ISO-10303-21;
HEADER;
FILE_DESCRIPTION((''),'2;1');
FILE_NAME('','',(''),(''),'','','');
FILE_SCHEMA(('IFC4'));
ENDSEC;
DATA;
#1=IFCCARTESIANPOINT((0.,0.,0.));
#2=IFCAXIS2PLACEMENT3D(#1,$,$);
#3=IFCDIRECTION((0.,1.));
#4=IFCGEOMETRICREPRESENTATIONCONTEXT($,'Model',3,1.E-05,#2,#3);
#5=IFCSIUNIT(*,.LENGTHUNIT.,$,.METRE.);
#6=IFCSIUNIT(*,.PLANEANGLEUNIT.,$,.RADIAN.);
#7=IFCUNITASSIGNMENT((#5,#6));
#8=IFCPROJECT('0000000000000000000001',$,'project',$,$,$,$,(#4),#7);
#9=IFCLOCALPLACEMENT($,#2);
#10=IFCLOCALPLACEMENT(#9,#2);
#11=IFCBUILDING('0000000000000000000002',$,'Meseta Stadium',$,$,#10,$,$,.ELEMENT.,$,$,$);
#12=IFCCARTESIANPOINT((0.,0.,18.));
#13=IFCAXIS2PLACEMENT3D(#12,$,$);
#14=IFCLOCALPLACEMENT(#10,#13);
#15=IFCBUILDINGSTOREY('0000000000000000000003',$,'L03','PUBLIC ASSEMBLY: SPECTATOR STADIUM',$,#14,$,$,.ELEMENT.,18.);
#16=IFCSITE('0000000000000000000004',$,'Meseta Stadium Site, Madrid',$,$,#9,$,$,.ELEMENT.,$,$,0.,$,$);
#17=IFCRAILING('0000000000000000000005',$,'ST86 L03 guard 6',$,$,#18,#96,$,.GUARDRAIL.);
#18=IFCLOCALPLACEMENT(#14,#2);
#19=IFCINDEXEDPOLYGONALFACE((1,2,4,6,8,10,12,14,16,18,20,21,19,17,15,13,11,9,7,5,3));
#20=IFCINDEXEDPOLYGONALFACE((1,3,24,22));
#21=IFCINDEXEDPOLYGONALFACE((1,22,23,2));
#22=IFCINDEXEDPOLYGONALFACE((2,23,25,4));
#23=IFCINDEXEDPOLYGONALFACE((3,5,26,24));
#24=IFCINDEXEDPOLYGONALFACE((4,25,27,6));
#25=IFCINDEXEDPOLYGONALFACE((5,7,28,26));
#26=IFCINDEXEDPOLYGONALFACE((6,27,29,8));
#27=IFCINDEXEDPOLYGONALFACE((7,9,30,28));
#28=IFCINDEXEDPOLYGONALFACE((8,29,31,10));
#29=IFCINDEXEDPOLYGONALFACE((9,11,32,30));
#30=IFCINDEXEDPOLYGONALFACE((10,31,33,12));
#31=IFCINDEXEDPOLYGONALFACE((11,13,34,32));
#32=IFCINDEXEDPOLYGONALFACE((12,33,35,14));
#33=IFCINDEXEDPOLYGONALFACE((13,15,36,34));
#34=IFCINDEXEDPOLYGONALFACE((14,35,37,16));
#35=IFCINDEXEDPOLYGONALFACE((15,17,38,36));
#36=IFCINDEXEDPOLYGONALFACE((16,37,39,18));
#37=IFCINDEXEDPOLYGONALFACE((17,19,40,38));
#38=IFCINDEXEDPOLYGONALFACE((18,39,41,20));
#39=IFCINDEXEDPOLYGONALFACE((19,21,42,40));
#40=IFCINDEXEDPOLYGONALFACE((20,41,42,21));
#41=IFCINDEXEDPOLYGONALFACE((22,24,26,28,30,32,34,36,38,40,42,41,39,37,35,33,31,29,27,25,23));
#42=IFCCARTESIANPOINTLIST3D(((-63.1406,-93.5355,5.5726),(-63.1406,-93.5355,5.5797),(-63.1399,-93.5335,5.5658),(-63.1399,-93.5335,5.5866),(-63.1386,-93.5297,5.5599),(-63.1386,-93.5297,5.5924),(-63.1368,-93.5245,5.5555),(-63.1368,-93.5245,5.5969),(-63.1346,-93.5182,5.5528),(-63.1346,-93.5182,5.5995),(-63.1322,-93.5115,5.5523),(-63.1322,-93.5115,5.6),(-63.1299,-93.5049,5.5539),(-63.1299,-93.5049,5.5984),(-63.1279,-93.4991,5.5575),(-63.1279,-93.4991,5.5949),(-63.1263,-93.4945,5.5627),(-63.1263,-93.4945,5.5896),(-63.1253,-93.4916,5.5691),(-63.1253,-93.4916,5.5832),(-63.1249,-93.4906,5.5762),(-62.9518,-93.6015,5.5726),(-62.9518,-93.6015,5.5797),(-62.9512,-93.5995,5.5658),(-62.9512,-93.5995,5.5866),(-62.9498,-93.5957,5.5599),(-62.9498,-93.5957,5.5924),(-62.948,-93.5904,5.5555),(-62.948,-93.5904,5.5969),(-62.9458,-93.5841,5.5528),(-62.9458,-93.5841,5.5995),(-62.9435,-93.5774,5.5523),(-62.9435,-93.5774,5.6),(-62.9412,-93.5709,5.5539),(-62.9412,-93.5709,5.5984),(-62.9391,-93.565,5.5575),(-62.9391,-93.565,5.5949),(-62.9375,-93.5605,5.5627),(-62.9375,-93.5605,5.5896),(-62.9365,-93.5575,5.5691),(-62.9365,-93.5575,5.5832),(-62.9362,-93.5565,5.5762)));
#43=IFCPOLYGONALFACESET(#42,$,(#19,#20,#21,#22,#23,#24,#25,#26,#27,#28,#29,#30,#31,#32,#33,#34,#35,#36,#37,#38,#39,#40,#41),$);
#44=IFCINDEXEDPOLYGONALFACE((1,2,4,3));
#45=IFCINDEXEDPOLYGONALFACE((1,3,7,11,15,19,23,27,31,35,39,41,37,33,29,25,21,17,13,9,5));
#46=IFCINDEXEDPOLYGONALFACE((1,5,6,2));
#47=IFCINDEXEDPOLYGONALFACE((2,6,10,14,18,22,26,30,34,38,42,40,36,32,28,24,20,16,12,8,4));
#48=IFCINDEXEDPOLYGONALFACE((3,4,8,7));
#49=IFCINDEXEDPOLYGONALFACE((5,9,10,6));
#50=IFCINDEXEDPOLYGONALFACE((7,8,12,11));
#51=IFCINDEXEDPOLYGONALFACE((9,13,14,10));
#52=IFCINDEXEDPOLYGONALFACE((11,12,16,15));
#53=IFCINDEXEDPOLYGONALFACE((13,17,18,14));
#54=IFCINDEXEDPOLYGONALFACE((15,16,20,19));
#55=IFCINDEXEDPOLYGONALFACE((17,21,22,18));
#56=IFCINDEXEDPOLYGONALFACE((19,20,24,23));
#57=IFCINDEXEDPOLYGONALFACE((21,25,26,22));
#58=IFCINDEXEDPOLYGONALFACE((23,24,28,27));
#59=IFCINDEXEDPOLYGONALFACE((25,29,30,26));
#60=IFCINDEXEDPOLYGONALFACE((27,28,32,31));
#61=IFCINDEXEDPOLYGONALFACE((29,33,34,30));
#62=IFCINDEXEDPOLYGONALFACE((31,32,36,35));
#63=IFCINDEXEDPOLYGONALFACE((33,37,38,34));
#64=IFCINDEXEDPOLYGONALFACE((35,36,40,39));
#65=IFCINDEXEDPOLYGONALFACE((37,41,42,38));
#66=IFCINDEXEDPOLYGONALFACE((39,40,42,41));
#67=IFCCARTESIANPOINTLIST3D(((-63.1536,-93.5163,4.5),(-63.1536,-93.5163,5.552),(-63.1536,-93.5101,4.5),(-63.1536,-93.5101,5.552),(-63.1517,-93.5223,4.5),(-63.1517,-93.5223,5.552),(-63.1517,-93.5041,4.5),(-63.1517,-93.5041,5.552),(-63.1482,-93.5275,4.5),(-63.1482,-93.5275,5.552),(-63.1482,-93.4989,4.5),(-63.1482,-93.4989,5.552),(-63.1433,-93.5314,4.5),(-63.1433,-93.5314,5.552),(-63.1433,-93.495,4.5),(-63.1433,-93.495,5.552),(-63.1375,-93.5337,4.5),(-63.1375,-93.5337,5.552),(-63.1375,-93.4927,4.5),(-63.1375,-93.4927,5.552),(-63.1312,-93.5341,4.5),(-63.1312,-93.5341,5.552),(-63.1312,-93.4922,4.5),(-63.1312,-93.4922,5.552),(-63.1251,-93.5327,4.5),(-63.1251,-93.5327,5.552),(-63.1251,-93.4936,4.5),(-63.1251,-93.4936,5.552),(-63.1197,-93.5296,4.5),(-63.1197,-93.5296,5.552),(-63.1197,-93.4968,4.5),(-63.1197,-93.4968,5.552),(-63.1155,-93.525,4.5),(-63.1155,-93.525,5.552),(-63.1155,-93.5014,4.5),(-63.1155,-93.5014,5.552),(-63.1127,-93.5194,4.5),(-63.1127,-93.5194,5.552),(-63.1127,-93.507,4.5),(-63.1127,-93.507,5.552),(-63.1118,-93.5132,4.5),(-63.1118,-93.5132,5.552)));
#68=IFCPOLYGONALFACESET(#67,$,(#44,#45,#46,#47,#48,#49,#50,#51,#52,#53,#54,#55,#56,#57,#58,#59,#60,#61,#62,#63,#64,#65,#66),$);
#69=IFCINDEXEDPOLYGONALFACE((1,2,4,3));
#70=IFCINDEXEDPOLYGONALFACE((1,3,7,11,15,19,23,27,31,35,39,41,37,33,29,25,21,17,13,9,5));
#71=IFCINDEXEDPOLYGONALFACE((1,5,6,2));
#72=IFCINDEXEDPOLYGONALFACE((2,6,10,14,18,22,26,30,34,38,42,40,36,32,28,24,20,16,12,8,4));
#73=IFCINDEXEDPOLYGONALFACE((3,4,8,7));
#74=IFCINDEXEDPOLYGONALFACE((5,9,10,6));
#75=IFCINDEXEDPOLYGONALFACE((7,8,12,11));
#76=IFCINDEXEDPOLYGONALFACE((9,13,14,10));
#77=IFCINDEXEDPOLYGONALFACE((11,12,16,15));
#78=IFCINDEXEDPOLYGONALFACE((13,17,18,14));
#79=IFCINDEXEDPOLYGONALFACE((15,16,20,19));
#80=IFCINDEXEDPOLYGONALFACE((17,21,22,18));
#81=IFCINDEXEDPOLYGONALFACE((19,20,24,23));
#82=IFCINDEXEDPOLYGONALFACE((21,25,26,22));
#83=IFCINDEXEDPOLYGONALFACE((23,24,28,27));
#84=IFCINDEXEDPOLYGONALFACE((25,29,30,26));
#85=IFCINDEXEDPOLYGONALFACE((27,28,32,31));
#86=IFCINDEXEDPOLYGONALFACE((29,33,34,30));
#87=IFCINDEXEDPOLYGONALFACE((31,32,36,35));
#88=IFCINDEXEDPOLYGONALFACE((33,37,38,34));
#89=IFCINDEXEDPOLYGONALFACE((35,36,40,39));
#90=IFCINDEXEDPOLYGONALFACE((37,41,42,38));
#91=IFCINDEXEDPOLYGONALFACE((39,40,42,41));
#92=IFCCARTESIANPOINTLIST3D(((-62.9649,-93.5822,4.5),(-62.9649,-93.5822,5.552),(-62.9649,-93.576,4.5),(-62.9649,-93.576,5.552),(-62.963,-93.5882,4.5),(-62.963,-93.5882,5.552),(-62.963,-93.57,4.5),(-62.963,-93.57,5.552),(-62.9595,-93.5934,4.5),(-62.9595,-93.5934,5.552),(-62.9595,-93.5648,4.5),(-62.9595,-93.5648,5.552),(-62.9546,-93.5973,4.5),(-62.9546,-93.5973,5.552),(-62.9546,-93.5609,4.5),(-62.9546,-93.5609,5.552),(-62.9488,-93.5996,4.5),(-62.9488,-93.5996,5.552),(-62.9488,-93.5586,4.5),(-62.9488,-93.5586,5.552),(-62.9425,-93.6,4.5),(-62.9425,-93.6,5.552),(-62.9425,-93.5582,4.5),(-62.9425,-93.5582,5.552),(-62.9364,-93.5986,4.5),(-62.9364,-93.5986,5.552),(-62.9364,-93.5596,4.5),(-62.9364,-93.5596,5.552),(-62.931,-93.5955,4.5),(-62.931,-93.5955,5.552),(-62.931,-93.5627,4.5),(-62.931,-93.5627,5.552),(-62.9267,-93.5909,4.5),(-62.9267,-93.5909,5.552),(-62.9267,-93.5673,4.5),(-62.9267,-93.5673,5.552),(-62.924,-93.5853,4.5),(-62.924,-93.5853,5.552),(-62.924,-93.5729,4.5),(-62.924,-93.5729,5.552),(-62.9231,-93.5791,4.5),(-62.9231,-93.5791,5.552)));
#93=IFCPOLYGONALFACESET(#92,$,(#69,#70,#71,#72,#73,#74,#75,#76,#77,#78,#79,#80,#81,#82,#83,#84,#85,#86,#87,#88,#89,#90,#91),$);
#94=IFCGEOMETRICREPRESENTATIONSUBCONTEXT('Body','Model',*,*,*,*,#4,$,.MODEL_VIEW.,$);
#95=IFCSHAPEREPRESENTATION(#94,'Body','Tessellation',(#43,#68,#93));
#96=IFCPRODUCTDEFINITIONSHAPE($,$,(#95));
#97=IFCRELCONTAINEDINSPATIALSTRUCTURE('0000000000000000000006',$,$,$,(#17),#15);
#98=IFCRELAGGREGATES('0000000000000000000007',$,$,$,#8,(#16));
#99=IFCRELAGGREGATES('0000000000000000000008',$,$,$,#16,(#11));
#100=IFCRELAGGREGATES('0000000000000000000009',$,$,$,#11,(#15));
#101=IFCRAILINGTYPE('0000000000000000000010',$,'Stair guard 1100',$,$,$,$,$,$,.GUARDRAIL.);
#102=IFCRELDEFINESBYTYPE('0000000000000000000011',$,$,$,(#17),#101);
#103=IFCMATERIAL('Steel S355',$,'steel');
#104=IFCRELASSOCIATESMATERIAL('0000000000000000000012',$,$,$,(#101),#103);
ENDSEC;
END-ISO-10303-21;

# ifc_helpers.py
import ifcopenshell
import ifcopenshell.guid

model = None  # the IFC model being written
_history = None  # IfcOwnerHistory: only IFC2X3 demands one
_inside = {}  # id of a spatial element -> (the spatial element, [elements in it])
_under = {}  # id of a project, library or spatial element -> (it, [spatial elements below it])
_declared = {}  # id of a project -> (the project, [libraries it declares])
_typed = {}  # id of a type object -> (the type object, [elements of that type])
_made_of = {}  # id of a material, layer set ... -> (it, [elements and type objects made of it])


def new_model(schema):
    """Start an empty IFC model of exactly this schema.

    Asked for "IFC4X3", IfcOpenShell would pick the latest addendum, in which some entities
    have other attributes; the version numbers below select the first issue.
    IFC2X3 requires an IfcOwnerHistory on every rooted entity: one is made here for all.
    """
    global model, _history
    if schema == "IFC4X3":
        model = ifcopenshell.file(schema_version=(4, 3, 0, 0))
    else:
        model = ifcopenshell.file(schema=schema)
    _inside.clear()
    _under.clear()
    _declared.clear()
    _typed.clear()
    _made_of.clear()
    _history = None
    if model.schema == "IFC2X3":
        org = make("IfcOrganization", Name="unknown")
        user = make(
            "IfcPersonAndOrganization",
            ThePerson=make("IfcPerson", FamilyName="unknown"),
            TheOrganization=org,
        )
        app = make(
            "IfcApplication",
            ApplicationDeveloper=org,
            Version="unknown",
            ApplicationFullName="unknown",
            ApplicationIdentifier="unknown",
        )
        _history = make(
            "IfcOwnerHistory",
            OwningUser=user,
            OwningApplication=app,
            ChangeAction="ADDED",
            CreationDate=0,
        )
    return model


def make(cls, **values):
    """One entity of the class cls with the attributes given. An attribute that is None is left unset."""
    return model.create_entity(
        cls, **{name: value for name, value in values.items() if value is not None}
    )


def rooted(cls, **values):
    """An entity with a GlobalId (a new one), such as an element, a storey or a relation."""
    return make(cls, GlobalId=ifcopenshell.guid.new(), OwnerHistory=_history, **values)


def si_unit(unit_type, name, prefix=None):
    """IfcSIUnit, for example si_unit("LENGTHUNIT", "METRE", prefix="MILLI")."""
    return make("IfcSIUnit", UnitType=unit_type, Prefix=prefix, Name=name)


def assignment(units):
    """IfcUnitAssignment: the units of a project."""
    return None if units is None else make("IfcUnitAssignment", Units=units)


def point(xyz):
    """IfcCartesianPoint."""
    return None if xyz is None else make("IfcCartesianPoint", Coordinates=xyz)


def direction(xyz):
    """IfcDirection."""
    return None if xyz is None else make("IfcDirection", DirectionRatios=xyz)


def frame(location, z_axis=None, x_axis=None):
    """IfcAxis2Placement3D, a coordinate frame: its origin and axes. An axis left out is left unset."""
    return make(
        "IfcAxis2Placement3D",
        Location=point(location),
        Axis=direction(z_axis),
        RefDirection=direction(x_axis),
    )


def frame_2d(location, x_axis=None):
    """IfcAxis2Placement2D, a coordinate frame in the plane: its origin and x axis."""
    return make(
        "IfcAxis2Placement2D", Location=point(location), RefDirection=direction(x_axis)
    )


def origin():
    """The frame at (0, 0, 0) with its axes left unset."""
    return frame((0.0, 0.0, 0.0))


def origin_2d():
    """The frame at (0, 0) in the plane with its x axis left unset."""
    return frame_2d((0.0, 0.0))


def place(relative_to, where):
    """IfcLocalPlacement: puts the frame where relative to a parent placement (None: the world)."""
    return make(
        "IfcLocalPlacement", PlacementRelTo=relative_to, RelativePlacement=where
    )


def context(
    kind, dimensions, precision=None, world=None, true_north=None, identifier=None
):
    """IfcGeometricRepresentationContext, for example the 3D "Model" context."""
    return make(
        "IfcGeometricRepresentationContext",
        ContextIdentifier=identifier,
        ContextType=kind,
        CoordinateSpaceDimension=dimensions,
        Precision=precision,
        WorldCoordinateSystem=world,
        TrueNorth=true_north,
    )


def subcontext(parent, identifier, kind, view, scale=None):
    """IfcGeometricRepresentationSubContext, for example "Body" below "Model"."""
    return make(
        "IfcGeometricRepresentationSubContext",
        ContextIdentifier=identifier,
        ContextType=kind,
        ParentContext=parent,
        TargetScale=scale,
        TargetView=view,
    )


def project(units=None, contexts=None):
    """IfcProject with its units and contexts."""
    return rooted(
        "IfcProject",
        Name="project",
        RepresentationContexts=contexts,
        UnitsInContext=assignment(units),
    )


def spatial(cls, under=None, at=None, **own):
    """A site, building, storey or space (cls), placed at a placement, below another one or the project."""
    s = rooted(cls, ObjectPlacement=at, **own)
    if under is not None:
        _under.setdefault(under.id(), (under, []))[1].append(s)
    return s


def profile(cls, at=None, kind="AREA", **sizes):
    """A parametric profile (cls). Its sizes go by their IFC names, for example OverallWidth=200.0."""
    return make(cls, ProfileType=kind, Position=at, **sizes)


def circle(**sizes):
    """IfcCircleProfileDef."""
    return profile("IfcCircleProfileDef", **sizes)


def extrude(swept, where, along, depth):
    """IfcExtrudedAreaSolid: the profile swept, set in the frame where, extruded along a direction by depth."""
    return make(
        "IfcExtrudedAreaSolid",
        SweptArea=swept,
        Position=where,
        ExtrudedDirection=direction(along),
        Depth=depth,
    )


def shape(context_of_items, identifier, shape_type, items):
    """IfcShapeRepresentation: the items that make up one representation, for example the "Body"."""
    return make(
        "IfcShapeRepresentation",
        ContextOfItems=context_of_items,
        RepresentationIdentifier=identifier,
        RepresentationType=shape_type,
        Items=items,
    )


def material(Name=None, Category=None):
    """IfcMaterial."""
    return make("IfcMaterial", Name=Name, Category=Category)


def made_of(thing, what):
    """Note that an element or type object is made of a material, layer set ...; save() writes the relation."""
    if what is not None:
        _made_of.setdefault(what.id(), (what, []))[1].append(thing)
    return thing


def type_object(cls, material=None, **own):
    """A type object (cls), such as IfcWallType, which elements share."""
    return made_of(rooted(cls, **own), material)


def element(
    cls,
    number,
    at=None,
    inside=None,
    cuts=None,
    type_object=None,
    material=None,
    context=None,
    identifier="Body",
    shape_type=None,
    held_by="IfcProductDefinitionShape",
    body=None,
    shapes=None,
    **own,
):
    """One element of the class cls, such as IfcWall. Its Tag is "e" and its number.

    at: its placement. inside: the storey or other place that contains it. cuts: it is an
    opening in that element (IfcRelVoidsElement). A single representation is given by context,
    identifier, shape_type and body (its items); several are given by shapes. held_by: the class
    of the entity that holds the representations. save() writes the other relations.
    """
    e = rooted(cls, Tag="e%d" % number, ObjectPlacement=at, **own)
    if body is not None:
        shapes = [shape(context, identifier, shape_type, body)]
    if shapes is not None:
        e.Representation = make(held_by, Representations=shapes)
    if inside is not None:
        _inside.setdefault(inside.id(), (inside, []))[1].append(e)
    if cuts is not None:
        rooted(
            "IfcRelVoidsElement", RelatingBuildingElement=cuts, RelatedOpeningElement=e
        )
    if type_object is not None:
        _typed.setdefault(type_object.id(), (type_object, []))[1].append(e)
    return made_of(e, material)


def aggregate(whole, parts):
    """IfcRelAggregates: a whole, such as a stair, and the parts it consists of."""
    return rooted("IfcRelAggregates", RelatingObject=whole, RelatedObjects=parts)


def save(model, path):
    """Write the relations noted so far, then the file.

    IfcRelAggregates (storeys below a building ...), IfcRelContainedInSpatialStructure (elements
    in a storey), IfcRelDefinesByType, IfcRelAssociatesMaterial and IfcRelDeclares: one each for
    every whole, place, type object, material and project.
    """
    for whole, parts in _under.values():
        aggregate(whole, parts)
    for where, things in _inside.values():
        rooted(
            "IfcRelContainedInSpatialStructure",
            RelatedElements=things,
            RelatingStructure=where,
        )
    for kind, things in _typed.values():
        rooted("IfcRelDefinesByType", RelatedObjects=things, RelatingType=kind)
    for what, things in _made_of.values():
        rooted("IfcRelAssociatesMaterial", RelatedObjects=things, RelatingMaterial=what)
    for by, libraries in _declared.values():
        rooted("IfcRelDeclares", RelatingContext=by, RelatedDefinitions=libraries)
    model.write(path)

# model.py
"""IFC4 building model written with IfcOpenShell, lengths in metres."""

from ifc_helpers import new_model, si_unit, direction, frame, origin, origin_2d, place, context, subcontext, project, spatial, circle, extrude, material, type_object, element, save


model = new_model("IFC4")

# Units and contexts
model_context = context("Model", 3, precision=1e-05, world=origin(), true_north=direction((0.0, 1.0)))
body_context = subcontext(model_context, "Body", "Model", "MODEL_VIEW")
ifc_project = project(units=[si_unit("LENGTHUNIT", "METRE"), si_unit("PLANEANGLEUNIT", "RADIAN")], contexts=[model_context])

# Site, building, storey
site_placement = place(None, origin())
site = spatial("IfcSite", under=ifc_project, at=site_placement, Name="Meseta Stadium Site, Madrid", CompositionType="ELEMENT", RefElevation=0.0)
building_placement = place(site_placement, origin())
building = spatial("IfcBuilding", under=site, at=building_placement, Name="Meseta Stadium", CompositionType="ELEMENT")
storey_placement = place(building_placement, frame((0.0, 0.0, 18.0)))
storey = spatial("IfcBuildingStorey", under=building, at=storey_placement, Name="L03", Description="PUBLIC ASSEMBLY: SPECTATOR STADIUM", CompositionType="ELEMENT", Elevation=18.0)

# Railing
ifc_material_1 = material(Name="Steel S355", Category="steel")
railing_type_1 = type_object("IfcRailingType", Name="Stair guard 1100", PredefinedType="GUARDRAIL", material=ifc_material_1)
for number, where, name in (
    (1, (-63.1328, -93.5132, 4.5), "ST86 L03 guard 6"),
):
    element("IfcRailing", number, at=place(storey_placement, frame(where)), inside=storey, type_object=railing_type_1, Name=name, PredefinedType="GUARDRAIL", context=body_context, shape_type="SweptSolid", body=[
        extrude(circle(Radius=0.0239, at=origin_2d()), frame((0.0, 0.0, 1.0762), z_axis=(0.944068, -0.329752, 0.0), x_axis=(0.329752, 0.944068, 0.0)), (0.0, 0.0, 1.0), 0.2),
        extrude(circle(Radius=0.021, at=origin_2d()), origin(), (0.0, 0.0, 1.0), 1.052),
        extrude(circle(Radius=0.021, at=origin_2d()), frame((0.1887, -0.0659, 0.0)), (0.0, 0.0, 1.0), 1.052),
    ])

save(model, "model.ifc")
